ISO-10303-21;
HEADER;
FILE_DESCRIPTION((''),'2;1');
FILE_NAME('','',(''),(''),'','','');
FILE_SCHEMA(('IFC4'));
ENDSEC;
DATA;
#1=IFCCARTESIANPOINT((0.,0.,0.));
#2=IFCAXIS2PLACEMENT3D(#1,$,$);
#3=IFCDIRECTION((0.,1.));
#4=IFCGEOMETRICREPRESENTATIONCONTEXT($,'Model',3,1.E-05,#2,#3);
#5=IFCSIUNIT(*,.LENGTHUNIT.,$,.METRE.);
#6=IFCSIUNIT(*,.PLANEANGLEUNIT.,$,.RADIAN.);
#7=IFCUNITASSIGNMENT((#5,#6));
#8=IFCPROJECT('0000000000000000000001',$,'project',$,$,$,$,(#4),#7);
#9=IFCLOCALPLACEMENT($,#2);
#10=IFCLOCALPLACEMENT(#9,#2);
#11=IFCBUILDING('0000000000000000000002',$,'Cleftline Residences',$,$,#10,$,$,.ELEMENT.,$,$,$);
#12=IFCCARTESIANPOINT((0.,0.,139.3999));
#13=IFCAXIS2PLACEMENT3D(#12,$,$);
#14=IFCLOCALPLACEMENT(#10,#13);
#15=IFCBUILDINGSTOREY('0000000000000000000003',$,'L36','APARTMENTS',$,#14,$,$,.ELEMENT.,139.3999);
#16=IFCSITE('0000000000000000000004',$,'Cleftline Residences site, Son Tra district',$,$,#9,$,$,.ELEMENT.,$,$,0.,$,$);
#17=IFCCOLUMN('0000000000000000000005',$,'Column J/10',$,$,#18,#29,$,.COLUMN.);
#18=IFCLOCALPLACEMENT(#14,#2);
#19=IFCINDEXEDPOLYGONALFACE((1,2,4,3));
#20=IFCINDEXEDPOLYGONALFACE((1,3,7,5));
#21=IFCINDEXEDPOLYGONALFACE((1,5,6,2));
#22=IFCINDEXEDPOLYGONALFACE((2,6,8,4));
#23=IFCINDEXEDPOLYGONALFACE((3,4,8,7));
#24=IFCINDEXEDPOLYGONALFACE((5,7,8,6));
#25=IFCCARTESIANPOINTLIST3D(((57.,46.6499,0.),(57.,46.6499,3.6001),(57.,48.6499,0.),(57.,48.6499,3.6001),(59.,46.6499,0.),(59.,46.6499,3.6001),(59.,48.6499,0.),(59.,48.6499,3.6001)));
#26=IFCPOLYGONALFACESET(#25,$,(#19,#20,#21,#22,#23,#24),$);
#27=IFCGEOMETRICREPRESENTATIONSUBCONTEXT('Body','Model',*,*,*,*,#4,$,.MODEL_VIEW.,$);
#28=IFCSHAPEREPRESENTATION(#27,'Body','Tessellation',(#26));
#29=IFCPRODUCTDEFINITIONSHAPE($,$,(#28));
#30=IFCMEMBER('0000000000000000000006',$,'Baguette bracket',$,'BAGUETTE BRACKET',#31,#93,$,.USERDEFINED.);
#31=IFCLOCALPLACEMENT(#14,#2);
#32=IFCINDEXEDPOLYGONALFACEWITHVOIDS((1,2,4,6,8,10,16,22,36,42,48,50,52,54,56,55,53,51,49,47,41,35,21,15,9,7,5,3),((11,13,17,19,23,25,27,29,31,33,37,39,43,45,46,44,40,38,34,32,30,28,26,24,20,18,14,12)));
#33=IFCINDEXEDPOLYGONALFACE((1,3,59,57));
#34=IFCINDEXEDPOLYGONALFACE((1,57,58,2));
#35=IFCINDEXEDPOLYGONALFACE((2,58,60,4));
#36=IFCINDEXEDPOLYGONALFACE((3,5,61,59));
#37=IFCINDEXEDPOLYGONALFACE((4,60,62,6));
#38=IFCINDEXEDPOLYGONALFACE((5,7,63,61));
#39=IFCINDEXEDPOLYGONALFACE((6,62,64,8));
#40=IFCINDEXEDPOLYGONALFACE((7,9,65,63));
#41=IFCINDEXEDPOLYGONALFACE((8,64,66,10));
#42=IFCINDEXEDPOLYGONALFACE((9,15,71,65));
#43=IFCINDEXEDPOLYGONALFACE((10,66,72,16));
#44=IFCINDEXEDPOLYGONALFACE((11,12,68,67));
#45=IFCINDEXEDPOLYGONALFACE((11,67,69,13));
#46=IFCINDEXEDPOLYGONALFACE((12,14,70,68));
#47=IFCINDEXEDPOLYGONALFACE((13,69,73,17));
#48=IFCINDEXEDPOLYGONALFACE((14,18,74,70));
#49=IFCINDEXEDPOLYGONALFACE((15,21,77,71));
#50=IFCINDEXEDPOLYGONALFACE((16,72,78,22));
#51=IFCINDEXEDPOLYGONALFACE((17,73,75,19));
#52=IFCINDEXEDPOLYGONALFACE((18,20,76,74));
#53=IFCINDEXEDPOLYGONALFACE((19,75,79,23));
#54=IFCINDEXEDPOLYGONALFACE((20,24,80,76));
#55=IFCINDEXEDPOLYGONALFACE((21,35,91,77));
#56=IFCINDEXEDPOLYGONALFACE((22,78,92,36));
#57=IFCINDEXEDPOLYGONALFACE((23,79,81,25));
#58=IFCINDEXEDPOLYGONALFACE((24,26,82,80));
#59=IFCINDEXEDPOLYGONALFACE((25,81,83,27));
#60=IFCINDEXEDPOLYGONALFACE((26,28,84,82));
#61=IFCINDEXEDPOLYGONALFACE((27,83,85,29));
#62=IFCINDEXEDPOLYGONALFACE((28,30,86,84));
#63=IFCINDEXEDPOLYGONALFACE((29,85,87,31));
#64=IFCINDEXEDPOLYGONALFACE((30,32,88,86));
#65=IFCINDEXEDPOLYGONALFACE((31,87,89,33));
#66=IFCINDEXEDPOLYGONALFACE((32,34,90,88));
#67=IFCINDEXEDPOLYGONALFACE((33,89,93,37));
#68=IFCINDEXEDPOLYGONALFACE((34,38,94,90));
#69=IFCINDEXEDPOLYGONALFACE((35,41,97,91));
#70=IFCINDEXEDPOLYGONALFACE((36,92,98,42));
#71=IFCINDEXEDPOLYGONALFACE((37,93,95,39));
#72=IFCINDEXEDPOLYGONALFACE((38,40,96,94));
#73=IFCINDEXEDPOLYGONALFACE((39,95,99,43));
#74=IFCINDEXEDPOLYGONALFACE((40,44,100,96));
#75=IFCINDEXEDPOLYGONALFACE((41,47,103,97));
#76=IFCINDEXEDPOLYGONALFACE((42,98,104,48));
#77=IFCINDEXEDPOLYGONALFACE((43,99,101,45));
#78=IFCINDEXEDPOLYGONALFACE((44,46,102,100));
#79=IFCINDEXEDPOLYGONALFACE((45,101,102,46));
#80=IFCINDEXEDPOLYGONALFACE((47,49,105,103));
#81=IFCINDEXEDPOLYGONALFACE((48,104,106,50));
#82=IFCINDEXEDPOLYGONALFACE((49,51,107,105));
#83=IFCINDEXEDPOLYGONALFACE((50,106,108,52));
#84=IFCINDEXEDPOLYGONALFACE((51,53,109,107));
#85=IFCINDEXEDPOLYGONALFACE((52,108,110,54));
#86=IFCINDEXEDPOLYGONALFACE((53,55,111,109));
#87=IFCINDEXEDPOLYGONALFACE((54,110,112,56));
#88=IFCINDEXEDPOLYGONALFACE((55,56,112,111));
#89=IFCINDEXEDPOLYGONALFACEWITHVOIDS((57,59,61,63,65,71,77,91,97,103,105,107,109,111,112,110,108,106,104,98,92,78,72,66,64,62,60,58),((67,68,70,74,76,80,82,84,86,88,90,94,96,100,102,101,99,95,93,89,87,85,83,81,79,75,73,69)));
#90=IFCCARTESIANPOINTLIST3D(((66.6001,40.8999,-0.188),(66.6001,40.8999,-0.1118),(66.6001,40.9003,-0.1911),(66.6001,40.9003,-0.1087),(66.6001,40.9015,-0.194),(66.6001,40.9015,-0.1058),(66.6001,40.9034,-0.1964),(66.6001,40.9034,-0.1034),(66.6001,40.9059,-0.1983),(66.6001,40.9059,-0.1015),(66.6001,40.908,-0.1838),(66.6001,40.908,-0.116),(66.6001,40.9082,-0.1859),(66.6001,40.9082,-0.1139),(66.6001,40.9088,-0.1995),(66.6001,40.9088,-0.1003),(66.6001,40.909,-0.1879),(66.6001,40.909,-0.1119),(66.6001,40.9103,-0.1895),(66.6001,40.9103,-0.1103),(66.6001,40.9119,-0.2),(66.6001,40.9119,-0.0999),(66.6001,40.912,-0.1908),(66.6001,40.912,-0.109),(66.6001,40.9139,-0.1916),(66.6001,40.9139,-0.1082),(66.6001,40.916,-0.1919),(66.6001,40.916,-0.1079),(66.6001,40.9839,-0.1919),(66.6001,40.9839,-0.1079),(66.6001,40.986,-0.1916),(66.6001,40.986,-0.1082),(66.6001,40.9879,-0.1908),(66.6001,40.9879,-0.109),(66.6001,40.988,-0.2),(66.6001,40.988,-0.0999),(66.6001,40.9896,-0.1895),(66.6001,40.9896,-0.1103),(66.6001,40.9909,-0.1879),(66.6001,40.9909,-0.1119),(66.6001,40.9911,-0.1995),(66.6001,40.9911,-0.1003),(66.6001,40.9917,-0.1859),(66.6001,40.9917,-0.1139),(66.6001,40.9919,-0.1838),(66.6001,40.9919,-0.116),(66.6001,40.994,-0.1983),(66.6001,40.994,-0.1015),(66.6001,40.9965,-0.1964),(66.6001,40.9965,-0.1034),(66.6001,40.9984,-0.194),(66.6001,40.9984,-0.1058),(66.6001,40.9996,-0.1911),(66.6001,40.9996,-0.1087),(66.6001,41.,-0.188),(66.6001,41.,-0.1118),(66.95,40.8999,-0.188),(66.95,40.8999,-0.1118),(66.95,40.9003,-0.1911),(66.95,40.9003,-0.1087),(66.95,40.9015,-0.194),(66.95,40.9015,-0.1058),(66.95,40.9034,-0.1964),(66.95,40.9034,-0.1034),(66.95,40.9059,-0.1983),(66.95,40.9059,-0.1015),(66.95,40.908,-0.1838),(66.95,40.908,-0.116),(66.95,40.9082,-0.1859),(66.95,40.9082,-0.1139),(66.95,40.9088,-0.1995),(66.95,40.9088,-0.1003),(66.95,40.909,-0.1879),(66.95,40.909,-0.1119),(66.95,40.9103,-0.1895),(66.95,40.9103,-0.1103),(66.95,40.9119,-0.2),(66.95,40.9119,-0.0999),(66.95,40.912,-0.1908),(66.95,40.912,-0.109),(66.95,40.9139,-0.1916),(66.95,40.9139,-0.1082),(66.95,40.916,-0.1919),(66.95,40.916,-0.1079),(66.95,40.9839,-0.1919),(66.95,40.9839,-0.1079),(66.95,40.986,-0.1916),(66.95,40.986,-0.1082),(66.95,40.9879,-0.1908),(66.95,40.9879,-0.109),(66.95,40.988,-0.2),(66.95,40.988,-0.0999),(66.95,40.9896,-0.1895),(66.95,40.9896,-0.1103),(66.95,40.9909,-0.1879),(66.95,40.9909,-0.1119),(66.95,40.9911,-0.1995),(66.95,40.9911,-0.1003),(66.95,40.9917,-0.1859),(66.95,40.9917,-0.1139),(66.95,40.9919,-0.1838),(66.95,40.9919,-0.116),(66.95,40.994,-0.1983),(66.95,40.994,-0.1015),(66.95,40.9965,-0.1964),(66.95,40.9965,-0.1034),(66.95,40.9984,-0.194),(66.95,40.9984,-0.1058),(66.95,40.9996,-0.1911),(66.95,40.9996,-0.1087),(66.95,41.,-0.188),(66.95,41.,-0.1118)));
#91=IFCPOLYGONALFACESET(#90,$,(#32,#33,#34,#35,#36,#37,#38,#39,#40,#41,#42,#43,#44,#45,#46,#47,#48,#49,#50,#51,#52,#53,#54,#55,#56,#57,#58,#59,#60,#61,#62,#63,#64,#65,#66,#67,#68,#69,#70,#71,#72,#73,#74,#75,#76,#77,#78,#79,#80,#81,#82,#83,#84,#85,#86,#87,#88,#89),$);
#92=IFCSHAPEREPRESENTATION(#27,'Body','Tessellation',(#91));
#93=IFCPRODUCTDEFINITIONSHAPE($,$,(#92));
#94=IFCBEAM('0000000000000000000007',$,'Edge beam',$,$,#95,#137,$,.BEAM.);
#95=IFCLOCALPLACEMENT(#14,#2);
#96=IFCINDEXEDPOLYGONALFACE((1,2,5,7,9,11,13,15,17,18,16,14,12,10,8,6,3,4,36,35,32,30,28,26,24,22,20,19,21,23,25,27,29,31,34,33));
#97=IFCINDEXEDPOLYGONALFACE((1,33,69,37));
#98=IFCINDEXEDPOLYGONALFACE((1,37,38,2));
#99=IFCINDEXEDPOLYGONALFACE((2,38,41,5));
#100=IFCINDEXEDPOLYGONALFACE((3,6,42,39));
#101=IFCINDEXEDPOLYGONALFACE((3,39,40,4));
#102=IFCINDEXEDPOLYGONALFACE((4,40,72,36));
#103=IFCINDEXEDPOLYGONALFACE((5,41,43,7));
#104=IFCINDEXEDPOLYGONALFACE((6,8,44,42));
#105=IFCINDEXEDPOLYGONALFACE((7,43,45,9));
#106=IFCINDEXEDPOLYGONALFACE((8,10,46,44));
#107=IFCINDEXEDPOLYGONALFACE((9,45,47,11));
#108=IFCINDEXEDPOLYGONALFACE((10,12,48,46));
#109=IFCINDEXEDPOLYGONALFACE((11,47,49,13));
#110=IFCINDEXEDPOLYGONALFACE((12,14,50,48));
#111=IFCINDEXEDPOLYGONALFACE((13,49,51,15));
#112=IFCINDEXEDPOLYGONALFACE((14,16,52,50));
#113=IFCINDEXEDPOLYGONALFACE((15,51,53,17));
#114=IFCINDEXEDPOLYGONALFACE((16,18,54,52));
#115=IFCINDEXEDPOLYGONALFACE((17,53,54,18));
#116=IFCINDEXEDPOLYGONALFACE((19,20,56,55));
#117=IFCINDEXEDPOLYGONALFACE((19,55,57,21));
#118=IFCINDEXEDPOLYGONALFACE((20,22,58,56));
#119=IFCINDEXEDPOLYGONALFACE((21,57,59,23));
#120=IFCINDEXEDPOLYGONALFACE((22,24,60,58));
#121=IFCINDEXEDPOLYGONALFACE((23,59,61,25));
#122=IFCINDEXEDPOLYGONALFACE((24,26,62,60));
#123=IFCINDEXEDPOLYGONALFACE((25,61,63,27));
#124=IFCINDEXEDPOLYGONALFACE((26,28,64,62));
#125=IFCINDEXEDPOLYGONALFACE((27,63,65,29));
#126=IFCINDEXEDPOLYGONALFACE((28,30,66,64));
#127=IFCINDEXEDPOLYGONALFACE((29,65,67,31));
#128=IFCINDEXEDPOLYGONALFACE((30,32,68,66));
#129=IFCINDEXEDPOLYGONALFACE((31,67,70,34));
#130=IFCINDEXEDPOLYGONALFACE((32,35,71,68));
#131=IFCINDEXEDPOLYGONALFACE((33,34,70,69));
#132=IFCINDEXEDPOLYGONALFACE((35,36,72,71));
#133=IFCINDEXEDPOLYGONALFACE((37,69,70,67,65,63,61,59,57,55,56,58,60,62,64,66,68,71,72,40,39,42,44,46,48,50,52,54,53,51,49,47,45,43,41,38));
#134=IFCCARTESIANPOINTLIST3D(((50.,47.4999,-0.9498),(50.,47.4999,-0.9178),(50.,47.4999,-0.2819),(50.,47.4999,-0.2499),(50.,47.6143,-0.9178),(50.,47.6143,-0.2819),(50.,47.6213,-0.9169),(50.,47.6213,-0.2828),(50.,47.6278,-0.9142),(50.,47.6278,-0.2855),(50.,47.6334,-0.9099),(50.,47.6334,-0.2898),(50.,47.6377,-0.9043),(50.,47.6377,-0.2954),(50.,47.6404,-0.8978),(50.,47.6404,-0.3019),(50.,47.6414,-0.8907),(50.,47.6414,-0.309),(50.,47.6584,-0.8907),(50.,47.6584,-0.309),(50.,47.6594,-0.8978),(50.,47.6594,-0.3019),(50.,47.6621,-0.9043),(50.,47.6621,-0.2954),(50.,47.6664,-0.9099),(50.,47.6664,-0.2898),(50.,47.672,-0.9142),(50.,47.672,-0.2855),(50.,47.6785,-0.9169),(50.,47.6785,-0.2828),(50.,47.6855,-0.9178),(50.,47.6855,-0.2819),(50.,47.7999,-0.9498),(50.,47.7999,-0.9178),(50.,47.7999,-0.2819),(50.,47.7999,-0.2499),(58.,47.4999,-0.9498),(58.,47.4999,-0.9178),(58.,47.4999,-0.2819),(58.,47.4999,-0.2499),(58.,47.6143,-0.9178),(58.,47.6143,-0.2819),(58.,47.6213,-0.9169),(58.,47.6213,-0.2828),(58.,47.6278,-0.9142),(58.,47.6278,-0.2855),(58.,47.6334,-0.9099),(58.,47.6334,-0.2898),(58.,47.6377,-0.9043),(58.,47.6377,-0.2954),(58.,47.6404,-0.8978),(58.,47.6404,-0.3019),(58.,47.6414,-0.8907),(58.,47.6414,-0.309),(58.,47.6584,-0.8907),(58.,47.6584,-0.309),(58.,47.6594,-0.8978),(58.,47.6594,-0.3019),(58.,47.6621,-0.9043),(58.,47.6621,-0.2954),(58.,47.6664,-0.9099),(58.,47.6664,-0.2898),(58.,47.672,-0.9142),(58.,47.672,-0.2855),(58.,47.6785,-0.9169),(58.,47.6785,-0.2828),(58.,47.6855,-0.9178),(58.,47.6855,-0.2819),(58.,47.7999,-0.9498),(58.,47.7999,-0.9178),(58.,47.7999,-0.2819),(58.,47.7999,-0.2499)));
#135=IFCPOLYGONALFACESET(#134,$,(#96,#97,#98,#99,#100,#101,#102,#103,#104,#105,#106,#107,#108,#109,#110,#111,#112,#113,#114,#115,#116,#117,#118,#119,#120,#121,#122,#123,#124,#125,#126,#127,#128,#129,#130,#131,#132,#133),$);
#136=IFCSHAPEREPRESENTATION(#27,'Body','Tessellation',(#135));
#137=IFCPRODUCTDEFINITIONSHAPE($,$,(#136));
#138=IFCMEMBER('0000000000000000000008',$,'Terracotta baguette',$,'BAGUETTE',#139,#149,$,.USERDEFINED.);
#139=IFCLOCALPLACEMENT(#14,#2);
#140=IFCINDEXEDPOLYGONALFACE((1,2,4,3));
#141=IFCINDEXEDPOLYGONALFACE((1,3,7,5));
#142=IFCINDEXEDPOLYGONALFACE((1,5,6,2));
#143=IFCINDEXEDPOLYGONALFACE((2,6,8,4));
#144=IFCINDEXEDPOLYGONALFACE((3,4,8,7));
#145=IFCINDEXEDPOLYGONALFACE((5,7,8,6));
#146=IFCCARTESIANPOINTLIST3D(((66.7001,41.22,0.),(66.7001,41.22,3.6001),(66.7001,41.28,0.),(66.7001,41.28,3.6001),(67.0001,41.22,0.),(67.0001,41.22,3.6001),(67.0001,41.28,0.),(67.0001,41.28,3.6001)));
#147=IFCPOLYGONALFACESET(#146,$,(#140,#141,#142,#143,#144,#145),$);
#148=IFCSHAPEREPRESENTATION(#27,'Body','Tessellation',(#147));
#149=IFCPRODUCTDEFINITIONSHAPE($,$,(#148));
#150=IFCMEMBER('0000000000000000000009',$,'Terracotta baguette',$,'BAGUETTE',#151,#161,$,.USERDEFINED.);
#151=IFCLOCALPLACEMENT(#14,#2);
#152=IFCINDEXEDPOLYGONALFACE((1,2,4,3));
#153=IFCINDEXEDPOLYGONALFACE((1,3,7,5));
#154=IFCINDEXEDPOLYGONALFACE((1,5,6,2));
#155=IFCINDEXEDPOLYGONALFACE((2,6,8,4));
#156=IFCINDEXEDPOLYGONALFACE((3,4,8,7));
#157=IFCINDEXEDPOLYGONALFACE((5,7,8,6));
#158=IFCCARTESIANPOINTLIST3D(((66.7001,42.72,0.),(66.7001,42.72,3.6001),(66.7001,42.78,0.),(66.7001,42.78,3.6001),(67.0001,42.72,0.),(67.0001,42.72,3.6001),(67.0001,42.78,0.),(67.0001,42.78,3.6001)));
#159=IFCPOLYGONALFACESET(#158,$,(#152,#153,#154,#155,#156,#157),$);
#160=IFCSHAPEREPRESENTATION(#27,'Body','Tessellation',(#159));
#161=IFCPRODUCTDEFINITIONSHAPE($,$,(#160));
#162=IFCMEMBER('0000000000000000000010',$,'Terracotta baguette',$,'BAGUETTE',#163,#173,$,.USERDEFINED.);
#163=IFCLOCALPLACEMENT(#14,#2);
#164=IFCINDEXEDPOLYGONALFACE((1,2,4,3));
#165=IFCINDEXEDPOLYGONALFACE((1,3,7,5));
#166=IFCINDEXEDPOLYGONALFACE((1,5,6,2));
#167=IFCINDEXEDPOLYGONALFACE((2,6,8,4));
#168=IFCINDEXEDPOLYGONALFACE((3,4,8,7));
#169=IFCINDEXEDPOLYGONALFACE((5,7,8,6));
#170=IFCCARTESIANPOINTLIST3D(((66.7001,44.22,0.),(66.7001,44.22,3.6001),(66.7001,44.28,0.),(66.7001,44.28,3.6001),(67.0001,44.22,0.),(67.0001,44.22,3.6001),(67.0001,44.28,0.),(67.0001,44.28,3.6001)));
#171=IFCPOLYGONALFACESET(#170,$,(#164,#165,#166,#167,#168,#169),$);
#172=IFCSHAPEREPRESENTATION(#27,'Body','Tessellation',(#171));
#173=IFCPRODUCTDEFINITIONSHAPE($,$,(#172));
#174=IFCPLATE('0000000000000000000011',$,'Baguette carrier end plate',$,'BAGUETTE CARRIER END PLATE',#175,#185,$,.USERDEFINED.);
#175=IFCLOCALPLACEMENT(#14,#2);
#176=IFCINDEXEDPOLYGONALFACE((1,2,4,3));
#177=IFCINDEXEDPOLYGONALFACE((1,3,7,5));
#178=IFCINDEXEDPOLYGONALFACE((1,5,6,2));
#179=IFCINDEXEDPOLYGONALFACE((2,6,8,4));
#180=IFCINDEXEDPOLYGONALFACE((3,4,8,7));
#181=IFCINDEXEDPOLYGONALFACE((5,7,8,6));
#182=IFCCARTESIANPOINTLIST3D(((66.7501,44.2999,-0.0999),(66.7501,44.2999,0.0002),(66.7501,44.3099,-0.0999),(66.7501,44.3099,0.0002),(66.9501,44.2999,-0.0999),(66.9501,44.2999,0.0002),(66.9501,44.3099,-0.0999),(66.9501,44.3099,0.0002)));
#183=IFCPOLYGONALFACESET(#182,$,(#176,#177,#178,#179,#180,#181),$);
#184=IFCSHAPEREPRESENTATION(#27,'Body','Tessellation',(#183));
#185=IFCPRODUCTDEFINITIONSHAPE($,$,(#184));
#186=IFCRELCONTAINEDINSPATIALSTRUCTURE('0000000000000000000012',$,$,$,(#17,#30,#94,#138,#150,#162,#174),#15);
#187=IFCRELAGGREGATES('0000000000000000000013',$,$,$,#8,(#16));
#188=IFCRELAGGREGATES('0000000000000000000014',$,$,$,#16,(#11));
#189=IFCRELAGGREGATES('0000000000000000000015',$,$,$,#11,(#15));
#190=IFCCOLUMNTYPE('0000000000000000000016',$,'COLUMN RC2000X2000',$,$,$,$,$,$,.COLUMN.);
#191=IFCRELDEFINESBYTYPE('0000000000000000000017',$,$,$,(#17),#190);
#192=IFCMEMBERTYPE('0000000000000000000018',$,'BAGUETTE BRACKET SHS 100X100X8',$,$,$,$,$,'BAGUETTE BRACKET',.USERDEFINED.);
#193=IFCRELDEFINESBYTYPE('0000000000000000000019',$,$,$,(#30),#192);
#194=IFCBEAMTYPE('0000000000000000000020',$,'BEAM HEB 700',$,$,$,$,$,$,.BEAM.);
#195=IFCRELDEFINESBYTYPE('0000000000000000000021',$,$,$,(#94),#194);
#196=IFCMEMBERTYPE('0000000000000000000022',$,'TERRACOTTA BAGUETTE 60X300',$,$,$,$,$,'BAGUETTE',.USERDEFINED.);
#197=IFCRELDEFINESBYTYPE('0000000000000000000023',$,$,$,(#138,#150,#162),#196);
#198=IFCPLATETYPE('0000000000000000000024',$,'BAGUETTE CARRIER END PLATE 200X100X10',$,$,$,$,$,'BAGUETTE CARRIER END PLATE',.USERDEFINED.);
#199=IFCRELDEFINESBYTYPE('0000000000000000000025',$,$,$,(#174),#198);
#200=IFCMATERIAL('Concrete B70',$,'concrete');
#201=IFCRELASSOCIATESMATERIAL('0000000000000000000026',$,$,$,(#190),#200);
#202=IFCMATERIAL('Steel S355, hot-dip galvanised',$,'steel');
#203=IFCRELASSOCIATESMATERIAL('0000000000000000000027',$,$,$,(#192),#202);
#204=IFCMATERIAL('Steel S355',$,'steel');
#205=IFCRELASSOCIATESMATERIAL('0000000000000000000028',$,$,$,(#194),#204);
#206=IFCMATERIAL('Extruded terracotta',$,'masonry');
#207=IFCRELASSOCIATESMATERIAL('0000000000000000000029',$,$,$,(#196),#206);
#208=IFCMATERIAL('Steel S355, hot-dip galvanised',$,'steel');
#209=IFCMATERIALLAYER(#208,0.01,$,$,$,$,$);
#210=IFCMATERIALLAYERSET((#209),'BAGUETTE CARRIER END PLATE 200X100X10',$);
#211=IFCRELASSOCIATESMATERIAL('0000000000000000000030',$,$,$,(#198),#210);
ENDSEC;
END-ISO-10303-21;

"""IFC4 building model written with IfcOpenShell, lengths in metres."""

from ifc_helpers import new_model, si_unit, direction, frame, origin, origin_2d, place, context, subcontext, project, spatial, rectangle, hollow_rectangle, i_section, extrude, material, layer, layer_set, material_profile, profile_set, type_object, element, save


model = new_model("IFC4")

# Units and contexts
model_context = context("Model", 3, precision=1e-05, world=origin(), true_north=direction((0.0, 1.0)))
body_context = subcontext(model_context, "Body", "Model", "MODEL_VIEW")
ifc_project = project(units=[si_unit("LENGTHUNIT", "METRE"), si_unit("PLANEANGLEUNIT", "RADIAN")], contexts=[model_context])

# Site, building, storey
site_placement = place(None, origin())
site = spatial("IfcSite", under=ifc_project, at=site_placement, Name="Cleftline Residences site, Son Tra district", CompositionType="ELEMENT", RefElevation=0.0)
building_placement = place(site_placement, origin())
building = spatial("IfcBuilding", under=site, at=building_placement, Name="Cleftline Residences", CompositionType="ELEMENT")
storey_placement = place(building_placement, frame((0.0, 0.0, 139.3999)))
storey = spatial("IfcBuildingStorey", under=building, at=storey_placement, Name="L36", Description="APARTMENTS", CompositionType="ELEMENT", Elevation=139.3999)

# Column
ifc_material_1 = material(Name="Concrete B70", Category="concrete")
ifc_material_profile_1 = material_profile(ifc_material_1, rectangle(XDim=2.0, YDim=2.0, at=origin_2d()))
ifc_profile_set_1 = profile_set([ifc_material_profile_1], Name="Concrete B70")
column_type = type_object("IfcColumnType", Name="COLUMN RC2000X2000", PredefinedType="COLUMN", material=ifc_profile_set_1)
column_placement = place(storey_placement, frame((58.0, 47.6499, 0.0), z_axis=(0.0, 0.0, 1.0), x_axis=(1.0, 0.0, 0.0)))
element("IfcColumn", 1, at=column_placement, inside=storey, type_object=column_type, Name="Column J/10", PredefinedType="COLUMN", context=body_context, shape_type="SweptSolid", body=[
    extrude(rectangle(XDim=2.0, YDim=2.0, at=origin_2d()), origin(), (0.0, 0.0, 1.0), 3.6001),
])

# Member
ifc_material_2 = material(Name="Steel S355, hot-dip galvanised", Category="steel")
ifc_material_profile_2 = material_profile(ifc_material_2, hollow_rectangle(XDim=0.1001, YDim=0.1001, WallThickness=0.0081, InnerFilletRadius=0.0081, OuterFilletRadius=0.012, at=origin_2d()))
ifc_profile_set_2 = profile_set([ifc_material_profile_2], Name="Steel S355, hot-dip galvanised")
member_type_1 = type_object("IfcMemberType", Name="BAGUETTE BRACKET SHS 100X100X8", ElementType="BAGUETTE BRACKET", PredefinedType="USERDEFINED", material=ifc_profile_set_2)
member_placement = place(storey_placement, frame((66.6001, 40.95, -0.1499), z_axis=(1.0, 0.0, 0.0), x_axis=(0.0, 1.0, 0.0)))
element("IfcMember", 2, at=member_placement, inside=storey, type_object=member_type_1, Name="Baguette bracket", ObjectType="BAGUETTE BRACKET", PredefinedType="USERDEFINED", context=body_context, shape_type="SweptSolid", body=[
    extrude(hollow_rectangle(XDim=0.1001, YDim=0.1001, WallThickness=0.0081, InnerFilletRadius=0.0081, OuterFilletRadius=0.012, at=origin_2d()), origin(), (0.0, 0.0, 1.0), 0.3499),
])

# Beam
ifc_material_3 = material(Name="Steel S355", Category="steel")
ifc_material_profile_3 = material_profile(ifc_material_3, i_section(OverallWidth=0.3, OverallDepth=0.7, WebThickness=0.0171, FlangeThickness=0.032, FilletRadius=0.0271, at=origin_2d()))
ifc_profile_set_3 = profile_set([ifc_material_profile_3], Name="Steel S355")
beam_type = type_object("IfcBeamType", Name="BEAM HEB 700", PredefinedType="BEAM", material=ifc_profile_set_3)
beam_placement = place(storey_placement, frame((58.0, 47.6499, -0.5999), z_axis=(-1.0, 0.0, 0.0), x_axis=(0.0, -1.0, 0.0)))
element("IfcBeam", 3, at=beam_placement, inside=storey, type_object=beam_type, Name="Edge beam", PredefinedType="BEAM", context=body_context, shape_type="SweptSolid", body=[
    extrude(i_section(OverallWidth=0.3, OverallDepth=0.7, WebThickness=0.0171, FlangeThickness=0.032, FilletRadius=0.0271, at=origin_2d()), origin(), (0.0, 0.0, 1.0), 8.0),
])

# Members
ifc_material_4 = material(Name="Extruded terracotta", Category="masonry")
ifc_material_profile_4 = material_profile(ifc_material_4, rectangle(XDim=0.0601, YDim=0.3, at=origin_2d()))
ifc_profile_set_4 = profile_set([ifc_material_profile_4], Name="Extruded terracotta")
member_type_2 = type_object("IfcMemberType", Name="TERRACOTTA BAGUETTE 60X300", ElementType="BAGUETTE", PredefinedType="USERDEFINED", material=ifc_profile_set_4)
for number, where, z_axis, x_axis, name in (
    (4, (66.8501, 41.25, 0.0), (0.0, 0.0, 1.0), (0.0, 1.0, 0.0), "Terracotta baguette"),
    (5, (66.8501, 42.75, 0.0), (0.0, 0.0, 1.0), (0.0, 1.0, 0.0), "Terracotta baguette"),
    (6, (66.8501, 44.25, 0.0), (0.0, 0.0, 1.0), (0.0, 1.0, 0.0), "Terracotta baguette"),
):
    element("IfcMember", number, at=place(storey_placement, frame(where, z_axis=z_axis, x_axis=x_axis)), inside=storey, type_object=member_type_2, Name=name, ObjectType="BAGUETTE", PredefinedType="USERDEFINED", context=body_context, shape_type="SweptSolid", body=[
        extrude(rectangle(XDim=0.0601, YDim=0.3, at=origin_2d()), origin(), (0.0, 0.0, 1.0), 3.6001),
    ])

# Plate
ifc_material_5 = material(Name="Steel S355, hot-dip galvanised", Category="steel")
ifc_layer_1 = layer(ifc_material_5, 0.01)
ifc_layer_set_1 = layer_set([ifc_layer_1], Name="BAGUETTE CARRIER END PLATE 200X100X10")
plate_type = type_object("IfcPlateType", Name="BAGUETTE CARRIER END PLATE 200X100X10", ElementType="BAGUETTE CARRIER END PLATE", PredefinedType="USERDEFINED", material=ifc_layer_set_1)
plate_placement = place(storey_placement, frame((66.8501, 44.3049, -0.0999), z_axis=(0.0, 0.0, 1.0), x_axis=(1.0, 0.0, 0.0)))
element("IfcPlate", 7, at=plate_placement, inside=storey, type_object=plate_type, Name="Baguette carrier end plate", ObjectType="BAGUETTE CARRIER END PLATE", PredefinedType="USERDEFINED", context=body_context, shape_type="SweptSolid", body=[
    extrude(rectangle(XDim=0.2, YDim=0.01, at=origin_2d()), origin(), (0.0, 0.0, 1.0), 0.1001),
])

save(model, "model.ifc")
